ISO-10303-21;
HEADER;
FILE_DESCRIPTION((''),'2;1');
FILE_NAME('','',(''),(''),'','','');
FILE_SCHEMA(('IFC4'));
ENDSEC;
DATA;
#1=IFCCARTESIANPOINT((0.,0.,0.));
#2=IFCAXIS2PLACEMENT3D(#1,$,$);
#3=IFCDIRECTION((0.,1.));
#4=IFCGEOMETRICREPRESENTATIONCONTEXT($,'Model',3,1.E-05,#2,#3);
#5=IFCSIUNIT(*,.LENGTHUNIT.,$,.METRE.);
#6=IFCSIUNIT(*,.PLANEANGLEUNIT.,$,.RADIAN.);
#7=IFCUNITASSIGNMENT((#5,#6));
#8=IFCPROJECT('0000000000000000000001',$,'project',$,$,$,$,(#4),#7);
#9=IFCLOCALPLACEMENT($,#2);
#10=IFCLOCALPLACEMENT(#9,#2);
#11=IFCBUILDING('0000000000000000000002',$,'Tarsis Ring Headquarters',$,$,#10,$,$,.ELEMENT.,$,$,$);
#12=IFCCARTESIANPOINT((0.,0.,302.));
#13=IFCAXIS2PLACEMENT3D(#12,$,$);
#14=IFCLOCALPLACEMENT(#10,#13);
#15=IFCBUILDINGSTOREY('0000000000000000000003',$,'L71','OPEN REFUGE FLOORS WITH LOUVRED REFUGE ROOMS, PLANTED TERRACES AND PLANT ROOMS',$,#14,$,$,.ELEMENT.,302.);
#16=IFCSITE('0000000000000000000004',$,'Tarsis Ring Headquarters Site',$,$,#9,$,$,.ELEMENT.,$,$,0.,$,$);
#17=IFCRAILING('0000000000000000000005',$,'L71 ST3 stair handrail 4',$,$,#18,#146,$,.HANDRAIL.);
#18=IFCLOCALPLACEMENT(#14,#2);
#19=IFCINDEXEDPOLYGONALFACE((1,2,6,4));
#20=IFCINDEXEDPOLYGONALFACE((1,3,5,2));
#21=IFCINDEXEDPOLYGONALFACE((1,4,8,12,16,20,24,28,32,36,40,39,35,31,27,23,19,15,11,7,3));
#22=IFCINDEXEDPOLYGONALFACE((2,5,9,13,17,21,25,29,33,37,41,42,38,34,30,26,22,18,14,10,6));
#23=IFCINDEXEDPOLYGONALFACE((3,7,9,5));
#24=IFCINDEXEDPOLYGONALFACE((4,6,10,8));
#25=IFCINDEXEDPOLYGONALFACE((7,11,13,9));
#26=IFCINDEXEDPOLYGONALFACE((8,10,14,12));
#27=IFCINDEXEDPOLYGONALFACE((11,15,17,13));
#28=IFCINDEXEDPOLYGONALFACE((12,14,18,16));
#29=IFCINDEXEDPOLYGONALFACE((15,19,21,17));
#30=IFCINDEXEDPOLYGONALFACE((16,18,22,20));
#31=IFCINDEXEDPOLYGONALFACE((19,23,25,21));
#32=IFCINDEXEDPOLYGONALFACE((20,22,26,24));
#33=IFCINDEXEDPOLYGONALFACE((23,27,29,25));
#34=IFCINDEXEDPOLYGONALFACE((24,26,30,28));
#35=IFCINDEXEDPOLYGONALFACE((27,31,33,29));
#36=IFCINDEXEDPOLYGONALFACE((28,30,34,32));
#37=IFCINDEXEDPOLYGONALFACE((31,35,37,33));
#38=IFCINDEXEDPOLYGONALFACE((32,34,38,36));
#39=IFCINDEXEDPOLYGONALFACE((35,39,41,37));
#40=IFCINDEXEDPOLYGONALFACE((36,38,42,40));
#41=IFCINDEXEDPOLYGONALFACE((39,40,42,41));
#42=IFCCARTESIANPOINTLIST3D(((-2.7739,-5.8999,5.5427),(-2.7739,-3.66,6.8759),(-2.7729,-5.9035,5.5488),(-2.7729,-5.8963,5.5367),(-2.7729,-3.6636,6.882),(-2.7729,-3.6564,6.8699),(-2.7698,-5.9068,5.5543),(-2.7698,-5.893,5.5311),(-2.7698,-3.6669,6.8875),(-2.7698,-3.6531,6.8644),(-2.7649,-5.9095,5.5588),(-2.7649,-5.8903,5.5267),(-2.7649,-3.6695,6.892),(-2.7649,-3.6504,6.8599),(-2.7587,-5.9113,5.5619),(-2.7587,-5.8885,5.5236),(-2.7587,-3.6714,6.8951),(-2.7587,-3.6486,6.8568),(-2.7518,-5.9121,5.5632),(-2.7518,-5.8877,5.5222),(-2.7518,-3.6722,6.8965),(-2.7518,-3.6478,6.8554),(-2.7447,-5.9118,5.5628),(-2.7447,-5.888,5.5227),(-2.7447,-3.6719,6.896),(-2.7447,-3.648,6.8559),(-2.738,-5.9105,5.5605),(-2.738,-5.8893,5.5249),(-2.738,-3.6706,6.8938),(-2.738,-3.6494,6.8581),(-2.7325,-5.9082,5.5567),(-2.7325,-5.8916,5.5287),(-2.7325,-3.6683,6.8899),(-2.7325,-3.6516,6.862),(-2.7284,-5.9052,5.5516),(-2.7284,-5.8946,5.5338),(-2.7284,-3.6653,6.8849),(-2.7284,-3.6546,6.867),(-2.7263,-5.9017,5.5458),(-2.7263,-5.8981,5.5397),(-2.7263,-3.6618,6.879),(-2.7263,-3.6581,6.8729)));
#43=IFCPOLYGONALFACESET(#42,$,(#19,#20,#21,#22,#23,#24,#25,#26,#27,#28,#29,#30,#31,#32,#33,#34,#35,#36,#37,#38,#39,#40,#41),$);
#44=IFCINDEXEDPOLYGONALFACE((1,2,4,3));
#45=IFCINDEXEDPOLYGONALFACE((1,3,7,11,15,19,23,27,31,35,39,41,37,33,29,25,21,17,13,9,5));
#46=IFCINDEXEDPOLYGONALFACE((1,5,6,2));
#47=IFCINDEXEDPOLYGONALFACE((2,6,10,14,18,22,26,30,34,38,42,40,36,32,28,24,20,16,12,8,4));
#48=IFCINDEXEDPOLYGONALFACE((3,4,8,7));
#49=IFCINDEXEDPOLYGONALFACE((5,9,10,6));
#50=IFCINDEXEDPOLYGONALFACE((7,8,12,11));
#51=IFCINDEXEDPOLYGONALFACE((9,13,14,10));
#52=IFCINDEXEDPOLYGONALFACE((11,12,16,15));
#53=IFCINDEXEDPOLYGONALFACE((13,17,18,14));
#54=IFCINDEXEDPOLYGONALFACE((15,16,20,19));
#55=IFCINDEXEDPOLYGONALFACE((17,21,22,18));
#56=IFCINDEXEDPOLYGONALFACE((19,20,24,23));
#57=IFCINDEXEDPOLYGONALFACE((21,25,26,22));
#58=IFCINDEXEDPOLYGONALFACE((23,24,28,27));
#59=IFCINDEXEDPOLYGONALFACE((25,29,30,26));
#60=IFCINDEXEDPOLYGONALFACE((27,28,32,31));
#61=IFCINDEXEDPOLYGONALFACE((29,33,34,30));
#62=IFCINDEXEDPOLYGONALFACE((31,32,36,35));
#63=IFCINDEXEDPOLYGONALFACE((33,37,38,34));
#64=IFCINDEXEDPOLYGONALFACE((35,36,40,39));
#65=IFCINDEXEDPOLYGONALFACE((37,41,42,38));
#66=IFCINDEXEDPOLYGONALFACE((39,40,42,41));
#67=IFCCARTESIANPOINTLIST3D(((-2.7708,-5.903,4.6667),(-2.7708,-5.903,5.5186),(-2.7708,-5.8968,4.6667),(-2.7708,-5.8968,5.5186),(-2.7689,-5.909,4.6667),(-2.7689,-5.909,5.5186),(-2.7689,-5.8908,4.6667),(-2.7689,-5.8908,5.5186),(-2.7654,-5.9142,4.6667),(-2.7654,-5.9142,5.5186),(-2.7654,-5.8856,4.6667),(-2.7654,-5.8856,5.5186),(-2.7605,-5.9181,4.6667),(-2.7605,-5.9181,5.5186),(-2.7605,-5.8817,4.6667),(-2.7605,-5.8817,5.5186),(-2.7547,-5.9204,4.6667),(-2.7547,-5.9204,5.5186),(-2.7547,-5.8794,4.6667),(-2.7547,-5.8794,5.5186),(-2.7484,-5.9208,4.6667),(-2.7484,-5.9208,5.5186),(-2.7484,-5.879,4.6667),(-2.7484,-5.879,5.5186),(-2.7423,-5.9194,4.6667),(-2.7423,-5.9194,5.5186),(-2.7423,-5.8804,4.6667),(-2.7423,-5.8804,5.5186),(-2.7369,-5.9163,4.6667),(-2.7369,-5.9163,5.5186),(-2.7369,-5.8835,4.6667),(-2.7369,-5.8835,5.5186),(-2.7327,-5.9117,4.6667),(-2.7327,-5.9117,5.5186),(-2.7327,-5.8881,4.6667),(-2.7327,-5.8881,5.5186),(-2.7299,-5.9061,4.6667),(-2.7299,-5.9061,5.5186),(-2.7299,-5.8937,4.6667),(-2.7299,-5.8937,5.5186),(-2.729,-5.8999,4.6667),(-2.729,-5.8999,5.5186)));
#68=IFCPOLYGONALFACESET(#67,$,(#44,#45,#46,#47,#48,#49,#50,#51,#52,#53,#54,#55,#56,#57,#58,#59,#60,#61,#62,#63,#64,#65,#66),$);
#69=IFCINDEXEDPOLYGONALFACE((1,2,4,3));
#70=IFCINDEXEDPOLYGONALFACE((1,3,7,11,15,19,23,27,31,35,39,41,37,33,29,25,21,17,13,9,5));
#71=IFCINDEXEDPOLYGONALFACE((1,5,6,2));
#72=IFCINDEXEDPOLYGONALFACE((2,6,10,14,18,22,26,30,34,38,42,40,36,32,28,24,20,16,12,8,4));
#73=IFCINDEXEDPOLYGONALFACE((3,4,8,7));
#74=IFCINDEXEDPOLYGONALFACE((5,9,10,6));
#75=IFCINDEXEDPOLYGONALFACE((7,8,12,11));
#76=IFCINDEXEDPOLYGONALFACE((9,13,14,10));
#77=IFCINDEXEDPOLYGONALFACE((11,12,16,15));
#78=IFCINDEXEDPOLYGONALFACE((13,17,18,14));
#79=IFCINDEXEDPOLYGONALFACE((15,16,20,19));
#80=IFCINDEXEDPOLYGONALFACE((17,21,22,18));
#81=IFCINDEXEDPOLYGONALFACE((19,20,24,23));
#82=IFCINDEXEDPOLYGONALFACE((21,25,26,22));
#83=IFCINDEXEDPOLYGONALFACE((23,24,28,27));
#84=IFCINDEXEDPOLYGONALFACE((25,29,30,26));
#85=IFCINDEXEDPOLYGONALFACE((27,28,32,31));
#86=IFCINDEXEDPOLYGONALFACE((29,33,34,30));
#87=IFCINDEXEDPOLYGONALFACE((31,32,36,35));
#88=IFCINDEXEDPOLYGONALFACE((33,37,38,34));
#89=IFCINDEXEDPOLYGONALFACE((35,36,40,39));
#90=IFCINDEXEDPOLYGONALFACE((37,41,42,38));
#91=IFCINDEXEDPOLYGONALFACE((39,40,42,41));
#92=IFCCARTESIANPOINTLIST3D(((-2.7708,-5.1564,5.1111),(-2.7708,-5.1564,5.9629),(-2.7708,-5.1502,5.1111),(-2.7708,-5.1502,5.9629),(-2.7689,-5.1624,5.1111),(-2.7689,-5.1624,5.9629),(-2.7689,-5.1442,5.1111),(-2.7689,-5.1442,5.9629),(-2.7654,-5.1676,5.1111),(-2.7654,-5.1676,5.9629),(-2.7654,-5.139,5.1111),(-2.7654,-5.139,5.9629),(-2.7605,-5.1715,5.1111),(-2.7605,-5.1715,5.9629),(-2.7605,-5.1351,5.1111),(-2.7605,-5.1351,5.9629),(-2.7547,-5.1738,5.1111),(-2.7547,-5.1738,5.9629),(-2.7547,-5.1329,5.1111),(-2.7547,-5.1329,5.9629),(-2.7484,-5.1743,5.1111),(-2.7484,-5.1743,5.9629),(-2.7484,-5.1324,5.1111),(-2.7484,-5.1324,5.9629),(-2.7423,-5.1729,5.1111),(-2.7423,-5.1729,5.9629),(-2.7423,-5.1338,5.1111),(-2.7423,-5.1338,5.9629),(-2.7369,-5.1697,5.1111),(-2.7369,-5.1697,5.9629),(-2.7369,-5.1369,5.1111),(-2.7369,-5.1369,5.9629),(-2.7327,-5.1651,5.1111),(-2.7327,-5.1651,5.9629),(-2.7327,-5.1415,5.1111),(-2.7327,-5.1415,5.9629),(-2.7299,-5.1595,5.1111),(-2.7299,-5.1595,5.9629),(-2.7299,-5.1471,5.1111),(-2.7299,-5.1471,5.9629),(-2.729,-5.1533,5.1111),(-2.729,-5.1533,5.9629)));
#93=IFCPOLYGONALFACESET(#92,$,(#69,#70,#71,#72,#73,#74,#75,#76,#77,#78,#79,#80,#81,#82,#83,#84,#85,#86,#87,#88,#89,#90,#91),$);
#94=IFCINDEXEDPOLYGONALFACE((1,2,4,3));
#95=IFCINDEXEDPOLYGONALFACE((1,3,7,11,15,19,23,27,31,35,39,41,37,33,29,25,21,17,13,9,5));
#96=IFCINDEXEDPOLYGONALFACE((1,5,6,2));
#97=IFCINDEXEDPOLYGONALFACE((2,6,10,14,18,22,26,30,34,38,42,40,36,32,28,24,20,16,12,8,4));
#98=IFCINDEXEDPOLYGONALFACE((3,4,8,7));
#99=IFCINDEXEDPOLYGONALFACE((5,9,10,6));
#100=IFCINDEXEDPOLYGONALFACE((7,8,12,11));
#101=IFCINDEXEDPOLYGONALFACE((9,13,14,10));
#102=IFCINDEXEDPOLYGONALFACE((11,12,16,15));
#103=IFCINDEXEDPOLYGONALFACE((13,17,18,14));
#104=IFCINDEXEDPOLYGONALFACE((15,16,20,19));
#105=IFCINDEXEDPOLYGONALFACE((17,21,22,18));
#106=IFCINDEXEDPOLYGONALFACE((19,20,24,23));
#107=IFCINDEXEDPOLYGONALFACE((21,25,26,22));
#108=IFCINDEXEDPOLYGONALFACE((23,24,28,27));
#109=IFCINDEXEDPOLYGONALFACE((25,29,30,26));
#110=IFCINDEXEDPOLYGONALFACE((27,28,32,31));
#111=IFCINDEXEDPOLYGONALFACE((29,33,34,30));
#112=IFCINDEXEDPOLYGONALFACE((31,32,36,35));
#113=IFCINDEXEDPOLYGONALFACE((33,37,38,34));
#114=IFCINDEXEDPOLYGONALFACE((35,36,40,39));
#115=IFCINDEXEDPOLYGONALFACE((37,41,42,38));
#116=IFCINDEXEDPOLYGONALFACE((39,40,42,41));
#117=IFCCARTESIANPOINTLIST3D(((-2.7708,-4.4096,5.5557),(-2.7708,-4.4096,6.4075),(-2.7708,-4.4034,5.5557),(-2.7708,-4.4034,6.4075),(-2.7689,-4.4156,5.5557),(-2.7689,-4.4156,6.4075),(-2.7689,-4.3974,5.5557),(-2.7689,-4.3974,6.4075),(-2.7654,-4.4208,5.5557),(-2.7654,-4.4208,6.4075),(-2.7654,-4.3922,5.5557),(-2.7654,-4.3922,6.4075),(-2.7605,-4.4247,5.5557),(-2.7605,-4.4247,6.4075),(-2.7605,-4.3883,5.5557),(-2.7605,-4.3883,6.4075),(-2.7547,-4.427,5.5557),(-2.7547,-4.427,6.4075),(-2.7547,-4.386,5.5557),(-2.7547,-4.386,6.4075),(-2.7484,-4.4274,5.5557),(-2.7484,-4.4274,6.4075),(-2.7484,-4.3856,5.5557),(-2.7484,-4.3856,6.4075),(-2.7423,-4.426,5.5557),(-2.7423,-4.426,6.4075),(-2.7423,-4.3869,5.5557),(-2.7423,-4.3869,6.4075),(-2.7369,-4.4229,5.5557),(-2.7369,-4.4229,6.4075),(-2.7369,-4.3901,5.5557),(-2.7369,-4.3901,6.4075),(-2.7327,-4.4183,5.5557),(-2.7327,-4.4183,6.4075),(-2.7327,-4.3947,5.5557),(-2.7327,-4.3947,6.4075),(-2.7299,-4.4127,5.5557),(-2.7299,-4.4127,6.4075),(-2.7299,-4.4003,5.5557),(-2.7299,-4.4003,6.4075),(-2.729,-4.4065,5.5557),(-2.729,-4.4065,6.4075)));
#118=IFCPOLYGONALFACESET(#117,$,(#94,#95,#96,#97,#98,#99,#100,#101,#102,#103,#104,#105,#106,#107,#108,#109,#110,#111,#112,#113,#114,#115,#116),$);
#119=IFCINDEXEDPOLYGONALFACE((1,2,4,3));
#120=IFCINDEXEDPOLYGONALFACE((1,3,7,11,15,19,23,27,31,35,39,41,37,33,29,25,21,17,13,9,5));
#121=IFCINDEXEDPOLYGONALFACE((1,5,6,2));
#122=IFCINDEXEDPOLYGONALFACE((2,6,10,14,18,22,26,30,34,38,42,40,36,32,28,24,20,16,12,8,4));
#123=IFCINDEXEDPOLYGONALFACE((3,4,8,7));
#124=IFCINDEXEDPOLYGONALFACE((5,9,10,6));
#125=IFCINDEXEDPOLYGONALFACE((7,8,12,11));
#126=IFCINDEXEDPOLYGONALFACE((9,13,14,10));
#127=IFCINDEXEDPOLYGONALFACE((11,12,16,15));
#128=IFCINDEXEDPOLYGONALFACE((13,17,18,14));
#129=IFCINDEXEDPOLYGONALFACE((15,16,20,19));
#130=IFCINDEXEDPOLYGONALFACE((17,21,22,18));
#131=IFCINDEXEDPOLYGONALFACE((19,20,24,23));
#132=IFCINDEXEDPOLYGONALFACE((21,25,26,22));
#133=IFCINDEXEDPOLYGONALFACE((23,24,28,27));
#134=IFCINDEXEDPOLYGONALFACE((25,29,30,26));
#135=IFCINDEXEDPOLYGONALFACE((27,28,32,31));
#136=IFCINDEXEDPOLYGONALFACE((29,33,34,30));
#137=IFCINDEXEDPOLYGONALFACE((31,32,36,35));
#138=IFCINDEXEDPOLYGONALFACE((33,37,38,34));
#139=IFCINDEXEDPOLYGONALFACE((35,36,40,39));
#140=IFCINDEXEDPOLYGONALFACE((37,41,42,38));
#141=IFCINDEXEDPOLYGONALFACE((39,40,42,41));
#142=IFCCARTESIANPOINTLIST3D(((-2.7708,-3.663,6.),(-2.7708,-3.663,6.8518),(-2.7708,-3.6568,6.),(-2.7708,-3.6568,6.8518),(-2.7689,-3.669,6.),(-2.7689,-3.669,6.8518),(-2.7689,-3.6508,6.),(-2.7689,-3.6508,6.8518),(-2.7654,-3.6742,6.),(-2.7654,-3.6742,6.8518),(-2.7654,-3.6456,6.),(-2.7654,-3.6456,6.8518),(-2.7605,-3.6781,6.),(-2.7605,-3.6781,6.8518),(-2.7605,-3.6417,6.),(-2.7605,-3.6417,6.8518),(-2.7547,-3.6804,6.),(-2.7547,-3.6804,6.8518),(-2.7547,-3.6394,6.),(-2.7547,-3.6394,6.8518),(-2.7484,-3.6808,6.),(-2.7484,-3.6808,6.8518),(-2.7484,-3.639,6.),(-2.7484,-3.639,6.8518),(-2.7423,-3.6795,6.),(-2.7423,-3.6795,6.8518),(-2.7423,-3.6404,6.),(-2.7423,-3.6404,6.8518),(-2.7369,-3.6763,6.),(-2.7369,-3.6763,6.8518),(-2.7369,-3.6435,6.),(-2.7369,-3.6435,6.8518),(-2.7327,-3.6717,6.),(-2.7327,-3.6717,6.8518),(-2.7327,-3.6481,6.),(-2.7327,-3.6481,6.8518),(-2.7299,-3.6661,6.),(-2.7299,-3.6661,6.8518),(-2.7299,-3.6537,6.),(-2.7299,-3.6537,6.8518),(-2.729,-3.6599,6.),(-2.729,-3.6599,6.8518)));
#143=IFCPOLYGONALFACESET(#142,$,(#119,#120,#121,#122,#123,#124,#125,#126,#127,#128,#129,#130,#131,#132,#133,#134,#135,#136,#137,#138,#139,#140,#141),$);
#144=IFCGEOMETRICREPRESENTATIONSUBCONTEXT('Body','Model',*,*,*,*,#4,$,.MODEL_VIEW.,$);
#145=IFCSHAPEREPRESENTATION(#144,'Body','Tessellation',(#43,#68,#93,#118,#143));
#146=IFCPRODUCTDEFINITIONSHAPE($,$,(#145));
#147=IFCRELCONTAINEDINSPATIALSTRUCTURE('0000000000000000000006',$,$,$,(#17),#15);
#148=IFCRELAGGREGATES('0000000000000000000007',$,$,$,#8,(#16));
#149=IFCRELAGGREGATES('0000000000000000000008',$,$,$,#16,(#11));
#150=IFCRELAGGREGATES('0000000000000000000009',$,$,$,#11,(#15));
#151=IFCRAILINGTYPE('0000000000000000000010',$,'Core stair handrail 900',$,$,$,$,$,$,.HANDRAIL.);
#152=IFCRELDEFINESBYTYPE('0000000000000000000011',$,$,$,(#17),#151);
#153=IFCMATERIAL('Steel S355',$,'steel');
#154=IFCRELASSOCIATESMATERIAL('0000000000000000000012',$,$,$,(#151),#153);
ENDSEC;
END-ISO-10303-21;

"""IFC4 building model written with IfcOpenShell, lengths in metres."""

from ifc_helpers import new_model, si_unit, direction, frame, origin, origin_2d, place, context, subcontext, project, spatial, circle, extrude, material, type_object, element, save


model = new_model("IFC4")

# Units and contexts
model_context = context("Model", 3, precision=1e-05, world=origin(), true_north=direction((0.0, 1.0)))
body_context = subcontext(model_context, "Body", "Model", "MODEL_VIEW")
ifc_project = project(units=[si_unit("LENGTHUNIT", "METRE"), si_unit("PLANEANGLEUNIT", "RADIAN")], contexts=[model_context])

# Site, building, storey
site_placement = place(None, origin())
site = spatial("IfcSite", under=ifc_project, at=site_placement, Name="Tarsis Ring Headquarters Site", CompositionType="ELEMENT", RefElevation=0.0)
building_placement = place(site_placement, origin())
building = spatial("IfcBuilding", under=site, at=building_placement, Name="Tarsis Ring Headquarters", CompositionType="ELEMENT")
storey_placement = place(building_placement, frame((0.0, 0.0, 302.0)))
storey = spatial("IfcBuildingStorey", under=building, at=storey_placement, Name="L71", Description="OPEN REFUGE FLOORS WITH LOUVRED REFUGE ROOMS, PLANTED TERRACES AND PLANT ROOMS", CompositionType="ELEMENT", Elevation=302.0)

# Railing
ifc_material_1 = material(Name="Steel S355", Category="steel")
railing_type_1 = type_object("IfcRailingType", Name="Core stair handrail 900", PredefinedType="HANDRAIL", material=ifc_material_1)
railing_1_placement = place(storey_placement, frame((-2.75, -5.8999, 4.6667)))
element("IfcRailing", 1, at=railing_1_placement, inside=storey, type_object=railing_type_1, Name="L71 ST3 stair handrail 4", PredefinedType="HANDRAIL", context=body_context, shape_type="SweptSolid", body=[
    extrude(circle(Radius=0.0239, at=origin_2d()), frame((0.0, 0.0, 0.876), z_axis=(0.0, 0.859306, 0.511462), x_axis=(-1.0, 0.0, 0.0)), (0.0, 0.0, 1.0), 2.6067),
    extrude(circle(Radius=0.021, at=origin_2d()), origin(), (0.0, 0.0, 1.0), 0.8518),
    extrude(circle(Radius=0.021, at=origin_2d()), frame((0.0, 0.7466, 0.4443)), (0.0, 0.0, 1.0), 0.8518),
    extrude(circle(Radius=0.021, at=origin_2d()), frame((0.0, 1.4934, 0.8889)), (0.0, 0.0, 1.0), 0.8518),
    extrude(circle(Radius=0.021, at=origin_2d()), frame((0.0, 2.24, 1.3333)), (0.0, 0.0, 1.0), 0.8518),
])

save(model, "model.ifc")
